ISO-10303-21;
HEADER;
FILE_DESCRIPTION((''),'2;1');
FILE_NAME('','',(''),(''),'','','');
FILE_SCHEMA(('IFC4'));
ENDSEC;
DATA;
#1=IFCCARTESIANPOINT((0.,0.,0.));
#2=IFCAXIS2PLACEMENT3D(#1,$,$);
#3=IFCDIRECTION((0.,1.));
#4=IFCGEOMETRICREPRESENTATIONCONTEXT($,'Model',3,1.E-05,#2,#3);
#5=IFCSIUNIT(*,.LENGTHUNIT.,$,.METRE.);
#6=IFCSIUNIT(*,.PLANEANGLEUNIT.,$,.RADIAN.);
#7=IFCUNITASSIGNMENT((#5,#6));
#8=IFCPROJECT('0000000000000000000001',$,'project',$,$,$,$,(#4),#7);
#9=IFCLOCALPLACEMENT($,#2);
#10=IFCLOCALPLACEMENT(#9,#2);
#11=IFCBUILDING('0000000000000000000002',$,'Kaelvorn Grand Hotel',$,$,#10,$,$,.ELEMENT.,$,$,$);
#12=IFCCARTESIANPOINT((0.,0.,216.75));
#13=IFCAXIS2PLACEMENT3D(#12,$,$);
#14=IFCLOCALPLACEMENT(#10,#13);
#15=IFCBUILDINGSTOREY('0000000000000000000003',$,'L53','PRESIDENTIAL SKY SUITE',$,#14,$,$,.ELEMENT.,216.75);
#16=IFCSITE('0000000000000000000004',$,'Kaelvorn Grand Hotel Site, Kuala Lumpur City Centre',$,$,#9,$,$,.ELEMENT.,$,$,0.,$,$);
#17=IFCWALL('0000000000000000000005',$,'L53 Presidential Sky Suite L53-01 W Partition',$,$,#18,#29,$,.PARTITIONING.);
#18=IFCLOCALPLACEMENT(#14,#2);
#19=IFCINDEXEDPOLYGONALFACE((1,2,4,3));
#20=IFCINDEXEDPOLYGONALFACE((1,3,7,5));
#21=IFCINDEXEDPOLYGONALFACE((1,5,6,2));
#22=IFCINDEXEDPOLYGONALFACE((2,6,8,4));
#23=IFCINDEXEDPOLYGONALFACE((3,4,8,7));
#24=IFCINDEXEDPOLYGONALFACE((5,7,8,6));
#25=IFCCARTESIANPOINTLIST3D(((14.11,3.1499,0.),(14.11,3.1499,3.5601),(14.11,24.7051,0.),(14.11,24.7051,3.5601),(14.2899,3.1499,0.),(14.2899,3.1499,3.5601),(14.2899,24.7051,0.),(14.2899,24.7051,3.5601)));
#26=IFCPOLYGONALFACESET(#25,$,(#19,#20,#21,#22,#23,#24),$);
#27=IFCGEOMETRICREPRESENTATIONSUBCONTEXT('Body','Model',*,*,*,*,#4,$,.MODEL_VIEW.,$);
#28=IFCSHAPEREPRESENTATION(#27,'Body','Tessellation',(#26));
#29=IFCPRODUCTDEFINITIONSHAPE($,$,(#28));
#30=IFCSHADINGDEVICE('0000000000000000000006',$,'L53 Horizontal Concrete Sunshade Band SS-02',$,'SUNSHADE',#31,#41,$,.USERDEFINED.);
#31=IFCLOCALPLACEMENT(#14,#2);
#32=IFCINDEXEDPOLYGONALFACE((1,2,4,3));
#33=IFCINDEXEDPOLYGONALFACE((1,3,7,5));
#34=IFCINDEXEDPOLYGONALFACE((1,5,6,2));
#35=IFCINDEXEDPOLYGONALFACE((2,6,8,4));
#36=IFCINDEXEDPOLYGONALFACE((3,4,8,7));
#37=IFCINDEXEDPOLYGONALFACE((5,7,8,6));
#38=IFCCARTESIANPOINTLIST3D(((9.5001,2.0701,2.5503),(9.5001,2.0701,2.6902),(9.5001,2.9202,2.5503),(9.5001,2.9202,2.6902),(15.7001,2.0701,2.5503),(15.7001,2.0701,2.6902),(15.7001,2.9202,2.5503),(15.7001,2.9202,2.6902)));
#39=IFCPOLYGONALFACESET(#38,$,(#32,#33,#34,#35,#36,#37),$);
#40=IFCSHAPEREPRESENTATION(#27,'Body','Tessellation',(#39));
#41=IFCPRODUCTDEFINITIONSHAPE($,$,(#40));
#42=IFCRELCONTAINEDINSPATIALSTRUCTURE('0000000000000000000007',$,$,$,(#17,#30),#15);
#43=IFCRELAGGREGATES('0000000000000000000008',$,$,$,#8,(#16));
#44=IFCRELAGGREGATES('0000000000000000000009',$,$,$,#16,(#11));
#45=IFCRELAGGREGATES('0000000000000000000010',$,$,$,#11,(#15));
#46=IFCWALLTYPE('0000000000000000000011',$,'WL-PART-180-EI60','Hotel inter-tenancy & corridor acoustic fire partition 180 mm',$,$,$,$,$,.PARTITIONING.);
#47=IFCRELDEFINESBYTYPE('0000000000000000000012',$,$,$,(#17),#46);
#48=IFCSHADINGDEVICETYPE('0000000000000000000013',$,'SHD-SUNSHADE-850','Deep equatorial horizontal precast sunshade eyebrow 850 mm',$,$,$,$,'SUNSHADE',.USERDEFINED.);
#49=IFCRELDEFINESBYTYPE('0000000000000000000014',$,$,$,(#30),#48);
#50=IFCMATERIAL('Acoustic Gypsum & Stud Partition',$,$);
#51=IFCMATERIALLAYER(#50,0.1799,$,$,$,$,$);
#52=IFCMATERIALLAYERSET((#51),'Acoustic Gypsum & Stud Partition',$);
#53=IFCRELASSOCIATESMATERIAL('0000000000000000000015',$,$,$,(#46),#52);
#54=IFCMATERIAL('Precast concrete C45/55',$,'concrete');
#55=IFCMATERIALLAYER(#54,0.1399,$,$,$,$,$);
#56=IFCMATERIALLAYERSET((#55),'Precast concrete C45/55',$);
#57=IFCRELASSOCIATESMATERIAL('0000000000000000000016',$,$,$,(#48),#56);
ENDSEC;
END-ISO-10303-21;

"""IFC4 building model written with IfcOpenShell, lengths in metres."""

from ifc_helpers import new_model, si_unit, direction, frame, frame_2d, origin, origin_2d, place, context, subcontext, project, spatial, rectangle, extrude, material, layer, layer_set, type_object, element, save


model = new_model("IFC4")

# Units and contexts
model_context = context("Model", 3, precision=1e-05, world=origin(), true_north=direction((0.0, 1.0)))
body_context = subcontext(model_context, "Body", "Model", "MODEL_VIEW")
ifc_project = project(units=[si_unit("LENGTHUNIT", "METRE"), si_unit("PLANEANGLEUNIT", "RADIAN")], contexts=[model_context])

# Site, building, storey
site_placement = place(None, origin())
site = spatial("IfcSite", under=ifc_project, at=site_placement, Name="Kaelvorn Grand Hotel Site, Kuala Lumpur City Centre", CompositionType="ELEMENT", RefElevation=0.0)
building_placement = place(site_placement, origin())
building = spatial("IfcBuilding", under=site, at=building_placement, Name="Kaelvorn Grand Hotel", CompositionType="ELEMENT")
storey_placement = place(building_placement, frame((0.0, 0.0, 216.75)))
storey = spatial("IfcBuildingStorey", under=building, at=storey_placement, Name="L53", Description="PRESIDENTIAL SKY SUITE", CompositionType="ELEMENT", Elevation=216.75)

# Wall
ifc_material_1 = material(Name="Acoustic Gypsum & Stud Partition")
ifc_layer_1 = layer(ifc_material_1, 0.1799)
ifc_layer_set_1 = layer_set([ifc_layer_1], Name="Acoustic Gypsum & Stud Partition")
wall_type_1 = type_object("IfcWallType", Name="WL-PART-180-EI60", Description="Hotel inter-tenancy & corridor acoustic fire partition 180 mm", PredefinedType="PARTITIONING", material=ifc_layer_set_1)
wall_1_placement = place(storey_placement, frame((14.2, 3.1499, 0.0), z_axis=(0.0, 0.0, 1.0), x_axis=(0.0, 1.0, 0.0)))
element("IfcWall", 1, at=wall_1_placement, inside=storey, type_object=wall_type_1, Name="L53 Presidential Sky Suite L53-01 W Partition", PredefinedType="PARTITIONING", context=body_context, shape_type="SweptSolid", body=[
    extrude(rectangle(XDim=21.5552, YDim=0.1799, at=frame_2d((10.7776, 0.0))), origin(), (0.0, 0.0, 1.0), 3.5601),
])

# Shading device
ifc_material_2 = material(Name="Precast concrete C45/55", Category="concrete")
ifc_layer_2 = layer(ifc_material_2, 0.1399)
ifc_layer_set_2 = layer_set([ifc_layer_2], Name="Precast concrete C45/55")
shading_device_type = type_object("IfcShadingDeviceType", Name="SHD-SUNSHADE-850", Description="Deep equatorial horizontal precast sunshade eyebrow 850 mm", ElementType="SUNSHADE", PredefinedType="USERDEFINED", material=ifc_layer_set_2)
shading_device_placement = place(storey_placement, frame((12.6001, 2.4951, 2.5503), z_axis=(0.0, 0.0, 1.0), x_axis=(1.0, 0.0, 0.0)))
element("IfcShadingDevice", 2, at=shading_device_placement, inside=storey, type_object=shading_device_type, Name="L53 Horizontal Concrete Sunshade Band SS-02", ObjectType="SUNSHADE", PredefinedType="USERDEFINED", context=body_context, shape_type="SweptSolid", body=[
    extrude(rectangle(XDim=6.2, YDim=0.8501, at=origin_2d()), origin(), (0.0, 0.0, 1.0), 0.1399),
])

save(model, "model.ifc")
